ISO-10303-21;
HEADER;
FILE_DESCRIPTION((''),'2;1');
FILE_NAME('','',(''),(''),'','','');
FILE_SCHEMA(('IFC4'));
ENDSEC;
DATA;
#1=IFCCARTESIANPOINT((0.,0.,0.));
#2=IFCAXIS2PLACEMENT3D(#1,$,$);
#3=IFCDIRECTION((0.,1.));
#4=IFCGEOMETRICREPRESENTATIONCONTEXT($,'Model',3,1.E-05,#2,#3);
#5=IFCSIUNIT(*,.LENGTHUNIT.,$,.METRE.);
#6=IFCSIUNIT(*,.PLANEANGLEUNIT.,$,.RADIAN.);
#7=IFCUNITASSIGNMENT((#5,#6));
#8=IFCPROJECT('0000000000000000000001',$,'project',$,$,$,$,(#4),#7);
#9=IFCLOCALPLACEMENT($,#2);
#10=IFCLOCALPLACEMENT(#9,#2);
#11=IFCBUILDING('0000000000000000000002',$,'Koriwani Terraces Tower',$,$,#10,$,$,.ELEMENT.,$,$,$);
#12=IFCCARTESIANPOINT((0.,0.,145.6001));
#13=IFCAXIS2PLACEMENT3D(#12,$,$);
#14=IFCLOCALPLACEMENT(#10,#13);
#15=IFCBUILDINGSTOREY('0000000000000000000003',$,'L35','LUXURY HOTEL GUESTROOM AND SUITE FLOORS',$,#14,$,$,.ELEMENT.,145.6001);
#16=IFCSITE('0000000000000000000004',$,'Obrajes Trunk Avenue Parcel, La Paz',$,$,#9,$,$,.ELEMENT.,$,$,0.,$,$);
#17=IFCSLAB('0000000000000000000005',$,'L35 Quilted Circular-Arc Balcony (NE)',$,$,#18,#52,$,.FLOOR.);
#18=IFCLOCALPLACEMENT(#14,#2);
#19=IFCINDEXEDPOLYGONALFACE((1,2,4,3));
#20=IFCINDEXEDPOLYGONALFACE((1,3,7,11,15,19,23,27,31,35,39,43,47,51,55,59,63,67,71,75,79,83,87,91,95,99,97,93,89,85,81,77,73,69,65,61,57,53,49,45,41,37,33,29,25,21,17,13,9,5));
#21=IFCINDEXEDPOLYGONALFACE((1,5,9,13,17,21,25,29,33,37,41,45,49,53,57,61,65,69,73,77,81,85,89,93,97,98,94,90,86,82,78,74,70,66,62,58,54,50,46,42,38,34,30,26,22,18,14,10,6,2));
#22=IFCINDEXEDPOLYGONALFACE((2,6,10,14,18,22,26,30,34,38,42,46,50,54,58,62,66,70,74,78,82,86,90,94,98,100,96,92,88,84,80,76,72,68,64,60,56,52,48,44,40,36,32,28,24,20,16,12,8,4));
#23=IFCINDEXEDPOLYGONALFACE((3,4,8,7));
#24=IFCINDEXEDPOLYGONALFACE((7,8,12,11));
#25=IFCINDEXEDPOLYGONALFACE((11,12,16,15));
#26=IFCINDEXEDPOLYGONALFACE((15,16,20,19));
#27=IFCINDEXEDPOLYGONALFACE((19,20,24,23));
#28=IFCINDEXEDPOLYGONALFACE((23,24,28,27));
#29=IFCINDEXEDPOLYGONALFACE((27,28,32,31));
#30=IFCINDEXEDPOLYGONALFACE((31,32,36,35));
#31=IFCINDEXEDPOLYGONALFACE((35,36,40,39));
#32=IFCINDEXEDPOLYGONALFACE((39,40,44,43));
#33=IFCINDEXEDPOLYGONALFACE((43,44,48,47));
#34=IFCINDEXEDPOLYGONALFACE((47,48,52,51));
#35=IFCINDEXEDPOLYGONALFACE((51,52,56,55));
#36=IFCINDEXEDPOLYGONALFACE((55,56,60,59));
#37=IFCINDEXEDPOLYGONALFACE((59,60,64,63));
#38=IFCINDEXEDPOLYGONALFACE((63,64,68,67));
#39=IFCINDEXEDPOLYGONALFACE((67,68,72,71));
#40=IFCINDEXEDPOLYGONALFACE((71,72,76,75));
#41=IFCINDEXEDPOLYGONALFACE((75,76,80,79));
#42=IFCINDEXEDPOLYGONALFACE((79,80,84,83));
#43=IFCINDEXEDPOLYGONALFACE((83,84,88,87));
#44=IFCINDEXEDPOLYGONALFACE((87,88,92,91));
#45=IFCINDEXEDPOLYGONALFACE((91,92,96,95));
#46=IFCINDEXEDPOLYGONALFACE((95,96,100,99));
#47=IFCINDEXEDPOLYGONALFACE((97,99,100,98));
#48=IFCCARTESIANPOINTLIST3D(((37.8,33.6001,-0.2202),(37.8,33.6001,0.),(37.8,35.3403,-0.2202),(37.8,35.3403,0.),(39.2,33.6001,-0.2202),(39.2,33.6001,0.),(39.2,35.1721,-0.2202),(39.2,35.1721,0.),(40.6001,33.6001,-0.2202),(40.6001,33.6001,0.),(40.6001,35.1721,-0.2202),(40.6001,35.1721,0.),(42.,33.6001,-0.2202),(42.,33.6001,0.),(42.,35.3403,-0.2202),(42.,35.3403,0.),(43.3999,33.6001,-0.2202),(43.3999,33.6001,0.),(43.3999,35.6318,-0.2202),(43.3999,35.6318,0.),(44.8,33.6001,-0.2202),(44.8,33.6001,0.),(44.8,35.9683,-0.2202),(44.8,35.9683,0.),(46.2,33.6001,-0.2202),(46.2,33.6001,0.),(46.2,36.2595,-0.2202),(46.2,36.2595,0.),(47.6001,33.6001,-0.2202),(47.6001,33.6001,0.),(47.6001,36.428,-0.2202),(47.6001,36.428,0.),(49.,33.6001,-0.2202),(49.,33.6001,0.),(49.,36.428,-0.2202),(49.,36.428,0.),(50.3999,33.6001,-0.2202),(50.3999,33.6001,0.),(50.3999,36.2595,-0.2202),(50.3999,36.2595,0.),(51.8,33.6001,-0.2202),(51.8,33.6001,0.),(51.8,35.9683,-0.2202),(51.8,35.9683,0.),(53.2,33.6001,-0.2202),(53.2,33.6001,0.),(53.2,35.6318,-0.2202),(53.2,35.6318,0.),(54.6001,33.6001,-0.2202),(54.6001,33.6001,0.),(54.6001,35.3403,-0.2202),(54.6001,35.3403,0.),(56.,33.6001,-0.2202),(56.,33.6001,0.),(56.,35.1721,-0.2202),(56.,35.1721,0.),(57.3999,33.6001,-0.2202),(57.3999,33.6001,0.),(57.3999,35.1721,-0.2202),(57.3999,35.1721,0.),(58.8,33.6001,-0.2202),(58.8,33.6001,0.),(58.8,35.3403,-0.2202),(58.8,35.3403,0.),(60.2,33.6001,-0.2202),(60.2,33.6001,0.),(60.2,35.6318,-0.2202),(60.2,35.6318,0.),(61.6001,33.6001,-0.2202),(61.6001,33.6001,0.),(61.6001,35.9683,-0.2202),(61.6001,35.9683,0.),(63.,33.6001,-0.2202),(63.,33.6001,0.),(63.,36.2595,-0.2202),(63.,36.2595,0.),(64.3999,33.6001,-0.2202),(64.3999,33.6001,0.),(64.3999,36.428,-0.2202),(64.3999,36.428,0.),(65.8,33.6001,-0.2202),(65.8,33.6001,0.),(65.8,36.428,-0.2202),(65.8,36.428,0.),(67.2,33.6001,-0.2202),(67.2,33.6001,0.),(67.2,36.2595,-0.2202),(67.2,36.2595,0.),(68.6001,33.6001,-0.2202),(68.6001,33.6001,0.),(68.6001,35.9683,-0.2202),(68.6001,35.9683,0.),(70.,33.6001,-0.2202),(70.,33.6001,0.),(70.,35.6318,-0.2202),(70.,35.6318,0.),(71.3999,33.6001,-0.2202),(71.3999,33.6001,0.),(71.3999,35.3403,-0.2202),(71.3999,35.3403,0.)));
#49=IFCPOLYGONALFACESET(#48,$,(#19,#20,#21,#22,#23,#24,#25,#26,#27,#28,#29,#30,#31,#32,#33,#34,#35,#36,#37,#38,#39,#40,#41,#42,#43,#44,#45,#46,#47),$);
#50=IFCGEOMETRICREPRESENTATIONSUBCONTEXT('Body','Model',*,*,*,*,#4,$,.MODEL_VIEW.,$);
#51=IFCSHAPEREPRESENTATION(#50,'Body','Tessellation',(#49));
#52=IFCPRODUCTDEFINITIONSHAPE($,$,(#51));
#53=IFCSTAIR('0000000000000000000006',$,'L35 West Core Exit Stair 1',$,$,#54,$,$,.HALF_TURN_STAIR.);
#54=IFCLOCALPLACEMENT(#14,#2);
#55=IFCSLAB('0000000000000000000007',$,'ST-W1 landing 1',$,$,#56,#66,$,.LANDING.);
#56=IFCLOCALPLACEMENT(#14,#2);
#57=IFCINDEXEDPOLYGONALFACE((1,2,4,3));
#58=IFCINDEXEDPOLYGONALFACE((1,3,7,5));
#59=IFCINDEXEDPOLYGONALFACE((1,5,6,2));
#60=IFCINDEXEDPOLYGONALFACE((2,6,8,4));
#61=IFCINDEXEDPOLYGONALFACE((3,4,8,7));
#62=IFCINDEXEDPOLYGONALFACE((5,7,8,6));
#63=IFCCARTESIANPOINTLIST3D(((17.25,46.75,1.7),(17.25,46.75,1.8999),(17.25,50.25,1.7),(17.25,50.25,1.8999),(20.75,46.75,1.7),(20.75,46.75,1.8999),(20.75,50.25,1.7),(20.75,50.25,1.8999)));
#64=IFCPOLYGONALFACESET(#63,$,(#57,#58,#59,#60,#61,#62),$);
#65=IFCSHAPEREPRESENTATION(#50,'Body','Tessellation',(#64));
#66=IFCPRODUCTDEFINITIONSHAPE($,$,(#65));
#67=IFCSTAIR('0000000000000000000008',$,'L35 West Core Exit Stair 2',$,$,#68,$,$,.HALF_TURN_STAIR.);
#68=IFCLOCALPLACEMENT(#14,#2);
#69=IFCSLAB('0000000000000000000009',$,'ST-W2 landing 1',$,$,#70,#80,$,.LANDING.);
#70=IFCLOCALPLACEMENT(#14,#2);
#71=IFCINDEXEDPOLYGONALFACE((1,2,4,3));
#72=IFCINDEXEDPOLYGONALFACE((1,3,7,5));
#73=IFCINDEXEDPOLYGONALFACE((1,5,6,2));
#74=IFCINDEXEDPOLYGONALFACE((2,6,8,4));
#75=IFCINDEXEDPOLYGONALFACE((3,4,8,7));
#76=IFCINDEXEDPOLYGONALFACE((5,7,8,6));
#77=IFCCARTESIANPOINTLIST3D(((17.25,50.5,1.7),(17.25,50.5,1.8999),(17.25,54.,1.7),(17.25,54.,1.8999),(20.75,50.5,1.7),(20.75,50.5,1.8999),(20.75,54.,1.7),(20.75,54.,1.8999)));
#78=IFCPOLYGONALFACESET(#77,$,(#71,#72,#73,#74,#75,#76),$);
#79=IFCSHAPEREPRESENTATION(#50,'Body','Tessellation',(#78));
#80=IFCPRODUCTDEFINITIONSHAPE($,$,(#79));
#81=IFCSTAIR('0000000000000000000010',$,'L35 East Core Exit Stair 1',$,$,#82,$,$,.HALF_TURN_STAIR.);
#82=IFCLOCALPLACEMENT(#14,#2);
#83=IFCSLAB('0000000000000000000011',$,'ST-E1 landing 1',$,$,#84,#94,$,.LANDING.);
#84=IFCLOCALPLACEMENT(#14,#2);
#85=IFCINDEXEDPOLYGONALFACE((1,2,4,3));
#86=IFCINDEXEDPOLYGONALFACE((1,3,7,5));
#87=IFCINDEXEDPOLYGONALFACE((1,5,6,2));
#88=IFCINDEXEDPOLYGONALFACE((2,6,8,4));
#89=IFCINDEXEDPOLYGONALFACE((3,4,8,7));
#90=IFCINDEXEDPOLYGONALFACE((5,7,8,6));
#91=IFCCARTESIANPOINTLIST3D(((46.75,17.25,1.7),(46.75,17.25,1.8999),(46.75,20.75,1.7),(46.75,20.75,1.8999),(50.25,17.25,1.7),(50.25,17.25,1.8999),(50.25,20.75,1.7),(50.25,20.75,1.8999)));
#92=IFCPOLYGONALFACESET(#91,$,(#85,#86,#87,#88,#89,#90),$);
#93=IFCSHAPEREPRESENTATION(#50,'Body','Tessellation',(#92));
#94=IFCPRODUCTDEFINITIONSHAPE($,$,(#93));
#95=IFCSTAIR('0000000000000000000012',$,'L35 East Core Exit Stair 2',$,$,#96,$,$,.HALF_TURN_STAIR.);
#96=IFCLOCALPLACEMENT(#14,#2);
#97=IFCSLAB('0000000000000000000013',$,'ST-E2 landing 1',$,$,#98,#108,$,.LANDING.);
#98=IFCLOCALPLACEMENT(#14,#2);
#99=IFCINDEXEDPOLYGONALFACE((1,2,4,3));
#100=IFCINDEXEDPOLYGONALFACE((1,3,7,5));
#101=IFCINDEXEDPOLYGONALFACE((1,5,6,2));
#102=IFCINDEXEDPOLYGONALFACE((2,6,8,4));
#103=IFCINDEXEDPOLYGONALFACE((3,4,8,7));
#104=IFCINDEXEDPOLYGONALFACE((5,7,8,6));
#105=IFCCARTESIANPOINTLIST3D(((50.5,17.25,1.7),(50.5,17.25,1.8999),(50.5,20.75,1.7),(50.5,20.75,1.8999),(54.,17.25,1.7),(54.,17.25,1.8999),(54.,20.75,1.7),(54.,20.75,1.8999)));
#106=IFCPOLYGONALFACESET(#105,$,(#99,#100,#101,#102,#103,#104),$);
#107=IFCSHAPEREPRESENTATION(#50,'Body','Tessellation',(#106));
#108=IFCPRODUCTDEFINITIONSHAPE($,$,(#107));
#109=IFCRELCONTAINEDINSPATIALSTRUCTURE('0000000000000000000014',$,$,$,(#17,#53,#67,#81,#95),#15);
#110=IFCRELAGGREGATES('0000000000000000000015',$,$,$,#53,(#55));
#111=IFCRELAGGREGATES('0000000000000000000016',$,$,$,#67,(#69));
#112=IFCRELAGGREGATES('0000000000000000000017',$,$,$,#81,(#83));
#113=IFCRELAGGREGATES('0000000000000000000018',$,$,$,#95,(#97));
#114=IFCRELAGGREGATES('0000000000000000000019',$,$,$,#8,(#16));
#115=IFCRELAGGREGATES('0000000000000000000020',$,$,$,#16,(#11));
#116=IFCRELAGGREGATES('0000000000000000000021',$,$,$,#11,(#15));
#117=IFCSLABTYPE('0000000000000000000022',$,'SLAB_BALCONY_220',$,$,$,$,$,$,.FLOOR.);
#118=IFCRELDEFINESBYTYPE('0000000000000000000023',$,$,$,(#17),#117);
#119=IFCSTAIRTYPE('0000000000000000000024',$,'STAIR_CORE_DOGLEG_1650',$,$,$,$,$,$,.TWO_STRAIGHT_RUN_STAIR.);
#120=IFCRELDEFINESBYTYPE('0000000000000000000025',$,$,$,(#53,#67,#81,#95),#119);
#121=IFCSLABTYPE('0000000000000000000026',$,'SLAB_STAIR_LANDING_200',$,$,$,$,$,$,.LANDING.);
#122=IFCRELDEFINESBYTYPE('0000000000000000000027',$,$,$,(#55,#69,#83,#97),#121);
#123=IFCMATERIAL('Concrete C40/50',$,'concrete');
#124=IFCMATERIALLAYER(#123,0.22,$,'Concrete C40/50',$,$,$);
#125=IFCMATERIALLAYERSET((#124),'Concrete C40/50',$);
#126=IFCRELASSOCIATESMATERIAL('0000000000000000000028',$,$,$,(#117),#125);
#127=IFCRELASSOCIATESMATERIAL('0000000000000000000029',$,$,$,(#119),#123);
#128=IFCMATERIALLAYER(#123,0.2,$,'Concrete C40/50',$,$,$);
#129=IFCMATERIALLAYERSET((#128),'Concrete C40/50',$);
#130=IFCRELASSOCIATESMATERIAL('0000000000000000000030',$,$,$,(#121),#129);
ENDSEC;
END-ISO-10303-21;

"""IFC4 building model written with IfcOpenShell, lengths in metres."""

from ifc_helpers import new_model, si_unit, direction, frame, origin, place, context, subcontext, project, spatial, polyline, outline, extrude, material, layer, layer_set, type_object, element, aggregate, save


model = new_model("IFC4")

# Units and contexts
model_context = context("Model", 3, precision=1e-05, world=origin(), true_north=direction((0.0, 1.0)))
body_context = subcontext(model_context, "Body", "Model", "MODEL_VIEW")
ifc_project = project(units=[si_unit("LENGTHUNIT", "METRE"), si_unit("PLANEANGLEUNIT", "RADIAN")], contexts=[model_context])

# Site, building, storey
site_placement = place(None, origin())
site = spatial("IfcSite", under=ifc_project, at=site_placement, Name="Obrajes Trunk Avenue Parcel, La Paz", CompositionType="ELEMENT", RefElevation=0.0)
building_placement = place(site_placement, origin())
building = spatial("IfcBuilding", under=site, at=building_placement, Name="Koriwani Terraces Tower", CompositionType="ELEMENT")
storey_placement = place(building_placement, frame((0.0, 0.0, 145.6001)))
storey = spatial("IfcBuildingStorey", under=building, at=storey_placement, Name="L35", Description="LUXURY HOTEL GUESTROOM AND SUITE FLOORS", CompositionType="ELEMENT", Elevation=145.6001)

# Shared definitions
ifc_material_1 = material(Name="Concrete C40/50", Category="concrete")

# Slab
ifc_layer_1 = layer(ifc_material_1, 0.22, Name="Concrete C40/50")
ifc_layer_set_1 = layer_set([ifc_layer_1], Name="Concrete C40/50")
slab_type_1 = type_object("IfcSlabType", Name="SLAB_BALCONY_220", PredefinedType="FLOOR", material=ifc_layer_set_1)
slab_1_placement = place(storey_placement, frame((0.0, 0.0, -0.2202)))
element("IfcSlab", 1, at=slab_1_placement, inside=storey, type_object=slab_type_1, Name="L35 Quilted Circular-Arc Balcony (NE)", PredefinedType="FLOOR", context=body_context, shape_type="SweptSolid", body=[
    extrude(outline(polyline([(71.3999, 33.6001), (70.0, 33.6001), (68.6001, 33.6001), (67.2, 33.6001), (65.8, 33.6001), (64.3999, 33.6001), (63.0, 33.6001), (61.6001, 33.6001), (60.2, 33.6001), (58.8, 33.6001), (57.3999, 33.6001), (56.0, 33.6001), (54.6001, 33.6001), (53.2, 33.6001), (51.8, 33.6001), (50.3999, 33.6001), (49.0, 33.6001), (47.6001, 33.6001), (46.2, 33.6001), (44.8, 33.6001), (43.3999, 33.6001), (42.0, 33.6001), (40.6001, 33.6001), (39.2, 33.6001), (37.8, 33.6001), (37.8, 35.3403), (39.2, 35.1721), (40.6001, 35.1721), (42.0, 35.3403), (43.3999, 35.6318), (44.8, 35.9683), (46.2, 36.2595), (47.6001, 36.428), (49.0, 36.428), (50.3999, 36.2595), (51.8, 35.9683), (53.2, 35.6318), (54.6001, 35.3403), (56.0, 35.1721), (57.3999, 35.1721), (58.8, 35.3403), (60.2, 35.6318), (61.6001, 35.9683), (63.0, 36.2595), (64.3999, 36.428), (65.8, 36.428), (67.2, 36.2595), (68.6001, 35.9683), (70.0, 35.6318), (71.3999, 35.3403), (71.3999, 33.6001)])), origin(), (0.0, 0.0, 1.0), 0.2202),
])

# Stairs, slabs
stair_type = type_object("IfcStairType", Name="STAIR_CORE_DOGLEG_1650", PredefinedType="TWO_STRAIGHT_RUN_STAIR", material=ifc_material_1)
stair_1_placement = place(storey_placement, origin())
stair_1 = element("IfcStair", 2, at=stair_1_placement, inside=storey, type_object=stair_type, Name="L35 West Core Exit Stair 1", PredefinedType="HALF_TURN_STAIR")
ifc_layer_2 = layer(ifc_material_1, 0.2, Name="Concrete C40/50")
ifc_layer_set_2 = layer_set([ifc_layer_2], Name="Concrete C40/50")
slab_type_2 = type_object("IfcSlabType", Name="SLAB_STAIR_LANDING_200", PredefinedType="LANDING", material=ifc_layer_set_2)
slab_2_placement = place(storey_placement, frame((0.0, 0.0, 1.7)))
slab_2 = element("IfcSlab", 3, at=slab_2_placement, type_object=slab_type_2, Name="ST-W1 landing 1", PredefinedType="LANDING", context=body_context, shape_type="SweptSolid", body=[
    extrude(outline(polyline([(20.75, 46.75), (20.75, 50.25), (17.25, 50.25), (17.25, 46.75), (20.75, 46.75)])), origin(), (0.0, 0.0, 1.0), 0.2),
])
aggregate(stair_1, [slab_2])
stair_2_placement = place(storey_placement, origin())
stair_2 = element("IfcStair", 4, at=stair_2_placement, inside=storey, type_object=stair_type, Name="L35 West Core Exit Stair 2", PredefinedType="HALF_TURN_STAIR")
slab_3_placement = place(storey_placement, frame((0.0, 0.0, 1.7)))
slab_3 = element("IfcSlab", 5, at=slab_3_placement, type_object=slab_type_2, Name="ST-W2 landing 1", PredefinedType="LANDING", context=body_context, shape_type="SweptSolid", body=[
    extrude(outline(polyline([(17.25, 54.0), (17.25, 50.5), (20.75, 50.5), (20.75, 54.0), (17.25, 54.0)])), origin(), (0.0, 0.0, 1.0), 0.2),
])
aggregate(stair_2, [slab_3])
stair_3_placement = place(storey_placement, origin())
stair_3 = element("IfcStair", 6, at=stair_3_placement, inside=storey, type_object=stair_type, Name="L35 East Core Exit Stair 1", PredefinedType="HALF_TURN_STAIR")
slab_4_placement = place(storey_placement, frame((0.0, 0.0, 1.7)))
slab_4 = element("IfcSlab", 7, at=slab_4_placement, type_object=slab_type_2, Name="ST-E1 landing 1", PredefinedType="LANDING", context=body_context, shape_type="SweptSolid", body=[
    extrude(outline(polyline([(46.75, 17.25), (50.25, 17.25), (50.25, 20.75), (46.75, 20.75), (46.75, 17.25)])), origin(), (0.0, 0.0, 1.0), 0.2),
])
aggregate(stair_3, [slab_4])
stair_4_placement = place(storey_placement, origin())
stair_4 = element("IfcStair", 8, at=stair_4_placement, inside=storey, type_object=stair_type, Name="L35 East Core Exit Stair 2", PredefinedType="HALF_TURN_STAIR")
slab_5_placement = place(storey_placement, frame((0.0, 0.0, 1.7)))
slab_5 = element("IfcSlab", 9, at=slab_5_placement, type_object=slab_type_2, Name="ST-E2 landing 1", PredefinedType="LANDING", context=body_context, shape_type="SweptSolid", body=[
    extrude(outline(polyline([(54.0, 20.75), (50.5, 20.75), (50.5, 17.25), (54.0, 17.25), (54.0, 20.75)])), origin(), (0.0, 0.0, 1.0), 0.2),
])
aggregate(stair_4, [slab_5])

save(model, "model.ifc")
